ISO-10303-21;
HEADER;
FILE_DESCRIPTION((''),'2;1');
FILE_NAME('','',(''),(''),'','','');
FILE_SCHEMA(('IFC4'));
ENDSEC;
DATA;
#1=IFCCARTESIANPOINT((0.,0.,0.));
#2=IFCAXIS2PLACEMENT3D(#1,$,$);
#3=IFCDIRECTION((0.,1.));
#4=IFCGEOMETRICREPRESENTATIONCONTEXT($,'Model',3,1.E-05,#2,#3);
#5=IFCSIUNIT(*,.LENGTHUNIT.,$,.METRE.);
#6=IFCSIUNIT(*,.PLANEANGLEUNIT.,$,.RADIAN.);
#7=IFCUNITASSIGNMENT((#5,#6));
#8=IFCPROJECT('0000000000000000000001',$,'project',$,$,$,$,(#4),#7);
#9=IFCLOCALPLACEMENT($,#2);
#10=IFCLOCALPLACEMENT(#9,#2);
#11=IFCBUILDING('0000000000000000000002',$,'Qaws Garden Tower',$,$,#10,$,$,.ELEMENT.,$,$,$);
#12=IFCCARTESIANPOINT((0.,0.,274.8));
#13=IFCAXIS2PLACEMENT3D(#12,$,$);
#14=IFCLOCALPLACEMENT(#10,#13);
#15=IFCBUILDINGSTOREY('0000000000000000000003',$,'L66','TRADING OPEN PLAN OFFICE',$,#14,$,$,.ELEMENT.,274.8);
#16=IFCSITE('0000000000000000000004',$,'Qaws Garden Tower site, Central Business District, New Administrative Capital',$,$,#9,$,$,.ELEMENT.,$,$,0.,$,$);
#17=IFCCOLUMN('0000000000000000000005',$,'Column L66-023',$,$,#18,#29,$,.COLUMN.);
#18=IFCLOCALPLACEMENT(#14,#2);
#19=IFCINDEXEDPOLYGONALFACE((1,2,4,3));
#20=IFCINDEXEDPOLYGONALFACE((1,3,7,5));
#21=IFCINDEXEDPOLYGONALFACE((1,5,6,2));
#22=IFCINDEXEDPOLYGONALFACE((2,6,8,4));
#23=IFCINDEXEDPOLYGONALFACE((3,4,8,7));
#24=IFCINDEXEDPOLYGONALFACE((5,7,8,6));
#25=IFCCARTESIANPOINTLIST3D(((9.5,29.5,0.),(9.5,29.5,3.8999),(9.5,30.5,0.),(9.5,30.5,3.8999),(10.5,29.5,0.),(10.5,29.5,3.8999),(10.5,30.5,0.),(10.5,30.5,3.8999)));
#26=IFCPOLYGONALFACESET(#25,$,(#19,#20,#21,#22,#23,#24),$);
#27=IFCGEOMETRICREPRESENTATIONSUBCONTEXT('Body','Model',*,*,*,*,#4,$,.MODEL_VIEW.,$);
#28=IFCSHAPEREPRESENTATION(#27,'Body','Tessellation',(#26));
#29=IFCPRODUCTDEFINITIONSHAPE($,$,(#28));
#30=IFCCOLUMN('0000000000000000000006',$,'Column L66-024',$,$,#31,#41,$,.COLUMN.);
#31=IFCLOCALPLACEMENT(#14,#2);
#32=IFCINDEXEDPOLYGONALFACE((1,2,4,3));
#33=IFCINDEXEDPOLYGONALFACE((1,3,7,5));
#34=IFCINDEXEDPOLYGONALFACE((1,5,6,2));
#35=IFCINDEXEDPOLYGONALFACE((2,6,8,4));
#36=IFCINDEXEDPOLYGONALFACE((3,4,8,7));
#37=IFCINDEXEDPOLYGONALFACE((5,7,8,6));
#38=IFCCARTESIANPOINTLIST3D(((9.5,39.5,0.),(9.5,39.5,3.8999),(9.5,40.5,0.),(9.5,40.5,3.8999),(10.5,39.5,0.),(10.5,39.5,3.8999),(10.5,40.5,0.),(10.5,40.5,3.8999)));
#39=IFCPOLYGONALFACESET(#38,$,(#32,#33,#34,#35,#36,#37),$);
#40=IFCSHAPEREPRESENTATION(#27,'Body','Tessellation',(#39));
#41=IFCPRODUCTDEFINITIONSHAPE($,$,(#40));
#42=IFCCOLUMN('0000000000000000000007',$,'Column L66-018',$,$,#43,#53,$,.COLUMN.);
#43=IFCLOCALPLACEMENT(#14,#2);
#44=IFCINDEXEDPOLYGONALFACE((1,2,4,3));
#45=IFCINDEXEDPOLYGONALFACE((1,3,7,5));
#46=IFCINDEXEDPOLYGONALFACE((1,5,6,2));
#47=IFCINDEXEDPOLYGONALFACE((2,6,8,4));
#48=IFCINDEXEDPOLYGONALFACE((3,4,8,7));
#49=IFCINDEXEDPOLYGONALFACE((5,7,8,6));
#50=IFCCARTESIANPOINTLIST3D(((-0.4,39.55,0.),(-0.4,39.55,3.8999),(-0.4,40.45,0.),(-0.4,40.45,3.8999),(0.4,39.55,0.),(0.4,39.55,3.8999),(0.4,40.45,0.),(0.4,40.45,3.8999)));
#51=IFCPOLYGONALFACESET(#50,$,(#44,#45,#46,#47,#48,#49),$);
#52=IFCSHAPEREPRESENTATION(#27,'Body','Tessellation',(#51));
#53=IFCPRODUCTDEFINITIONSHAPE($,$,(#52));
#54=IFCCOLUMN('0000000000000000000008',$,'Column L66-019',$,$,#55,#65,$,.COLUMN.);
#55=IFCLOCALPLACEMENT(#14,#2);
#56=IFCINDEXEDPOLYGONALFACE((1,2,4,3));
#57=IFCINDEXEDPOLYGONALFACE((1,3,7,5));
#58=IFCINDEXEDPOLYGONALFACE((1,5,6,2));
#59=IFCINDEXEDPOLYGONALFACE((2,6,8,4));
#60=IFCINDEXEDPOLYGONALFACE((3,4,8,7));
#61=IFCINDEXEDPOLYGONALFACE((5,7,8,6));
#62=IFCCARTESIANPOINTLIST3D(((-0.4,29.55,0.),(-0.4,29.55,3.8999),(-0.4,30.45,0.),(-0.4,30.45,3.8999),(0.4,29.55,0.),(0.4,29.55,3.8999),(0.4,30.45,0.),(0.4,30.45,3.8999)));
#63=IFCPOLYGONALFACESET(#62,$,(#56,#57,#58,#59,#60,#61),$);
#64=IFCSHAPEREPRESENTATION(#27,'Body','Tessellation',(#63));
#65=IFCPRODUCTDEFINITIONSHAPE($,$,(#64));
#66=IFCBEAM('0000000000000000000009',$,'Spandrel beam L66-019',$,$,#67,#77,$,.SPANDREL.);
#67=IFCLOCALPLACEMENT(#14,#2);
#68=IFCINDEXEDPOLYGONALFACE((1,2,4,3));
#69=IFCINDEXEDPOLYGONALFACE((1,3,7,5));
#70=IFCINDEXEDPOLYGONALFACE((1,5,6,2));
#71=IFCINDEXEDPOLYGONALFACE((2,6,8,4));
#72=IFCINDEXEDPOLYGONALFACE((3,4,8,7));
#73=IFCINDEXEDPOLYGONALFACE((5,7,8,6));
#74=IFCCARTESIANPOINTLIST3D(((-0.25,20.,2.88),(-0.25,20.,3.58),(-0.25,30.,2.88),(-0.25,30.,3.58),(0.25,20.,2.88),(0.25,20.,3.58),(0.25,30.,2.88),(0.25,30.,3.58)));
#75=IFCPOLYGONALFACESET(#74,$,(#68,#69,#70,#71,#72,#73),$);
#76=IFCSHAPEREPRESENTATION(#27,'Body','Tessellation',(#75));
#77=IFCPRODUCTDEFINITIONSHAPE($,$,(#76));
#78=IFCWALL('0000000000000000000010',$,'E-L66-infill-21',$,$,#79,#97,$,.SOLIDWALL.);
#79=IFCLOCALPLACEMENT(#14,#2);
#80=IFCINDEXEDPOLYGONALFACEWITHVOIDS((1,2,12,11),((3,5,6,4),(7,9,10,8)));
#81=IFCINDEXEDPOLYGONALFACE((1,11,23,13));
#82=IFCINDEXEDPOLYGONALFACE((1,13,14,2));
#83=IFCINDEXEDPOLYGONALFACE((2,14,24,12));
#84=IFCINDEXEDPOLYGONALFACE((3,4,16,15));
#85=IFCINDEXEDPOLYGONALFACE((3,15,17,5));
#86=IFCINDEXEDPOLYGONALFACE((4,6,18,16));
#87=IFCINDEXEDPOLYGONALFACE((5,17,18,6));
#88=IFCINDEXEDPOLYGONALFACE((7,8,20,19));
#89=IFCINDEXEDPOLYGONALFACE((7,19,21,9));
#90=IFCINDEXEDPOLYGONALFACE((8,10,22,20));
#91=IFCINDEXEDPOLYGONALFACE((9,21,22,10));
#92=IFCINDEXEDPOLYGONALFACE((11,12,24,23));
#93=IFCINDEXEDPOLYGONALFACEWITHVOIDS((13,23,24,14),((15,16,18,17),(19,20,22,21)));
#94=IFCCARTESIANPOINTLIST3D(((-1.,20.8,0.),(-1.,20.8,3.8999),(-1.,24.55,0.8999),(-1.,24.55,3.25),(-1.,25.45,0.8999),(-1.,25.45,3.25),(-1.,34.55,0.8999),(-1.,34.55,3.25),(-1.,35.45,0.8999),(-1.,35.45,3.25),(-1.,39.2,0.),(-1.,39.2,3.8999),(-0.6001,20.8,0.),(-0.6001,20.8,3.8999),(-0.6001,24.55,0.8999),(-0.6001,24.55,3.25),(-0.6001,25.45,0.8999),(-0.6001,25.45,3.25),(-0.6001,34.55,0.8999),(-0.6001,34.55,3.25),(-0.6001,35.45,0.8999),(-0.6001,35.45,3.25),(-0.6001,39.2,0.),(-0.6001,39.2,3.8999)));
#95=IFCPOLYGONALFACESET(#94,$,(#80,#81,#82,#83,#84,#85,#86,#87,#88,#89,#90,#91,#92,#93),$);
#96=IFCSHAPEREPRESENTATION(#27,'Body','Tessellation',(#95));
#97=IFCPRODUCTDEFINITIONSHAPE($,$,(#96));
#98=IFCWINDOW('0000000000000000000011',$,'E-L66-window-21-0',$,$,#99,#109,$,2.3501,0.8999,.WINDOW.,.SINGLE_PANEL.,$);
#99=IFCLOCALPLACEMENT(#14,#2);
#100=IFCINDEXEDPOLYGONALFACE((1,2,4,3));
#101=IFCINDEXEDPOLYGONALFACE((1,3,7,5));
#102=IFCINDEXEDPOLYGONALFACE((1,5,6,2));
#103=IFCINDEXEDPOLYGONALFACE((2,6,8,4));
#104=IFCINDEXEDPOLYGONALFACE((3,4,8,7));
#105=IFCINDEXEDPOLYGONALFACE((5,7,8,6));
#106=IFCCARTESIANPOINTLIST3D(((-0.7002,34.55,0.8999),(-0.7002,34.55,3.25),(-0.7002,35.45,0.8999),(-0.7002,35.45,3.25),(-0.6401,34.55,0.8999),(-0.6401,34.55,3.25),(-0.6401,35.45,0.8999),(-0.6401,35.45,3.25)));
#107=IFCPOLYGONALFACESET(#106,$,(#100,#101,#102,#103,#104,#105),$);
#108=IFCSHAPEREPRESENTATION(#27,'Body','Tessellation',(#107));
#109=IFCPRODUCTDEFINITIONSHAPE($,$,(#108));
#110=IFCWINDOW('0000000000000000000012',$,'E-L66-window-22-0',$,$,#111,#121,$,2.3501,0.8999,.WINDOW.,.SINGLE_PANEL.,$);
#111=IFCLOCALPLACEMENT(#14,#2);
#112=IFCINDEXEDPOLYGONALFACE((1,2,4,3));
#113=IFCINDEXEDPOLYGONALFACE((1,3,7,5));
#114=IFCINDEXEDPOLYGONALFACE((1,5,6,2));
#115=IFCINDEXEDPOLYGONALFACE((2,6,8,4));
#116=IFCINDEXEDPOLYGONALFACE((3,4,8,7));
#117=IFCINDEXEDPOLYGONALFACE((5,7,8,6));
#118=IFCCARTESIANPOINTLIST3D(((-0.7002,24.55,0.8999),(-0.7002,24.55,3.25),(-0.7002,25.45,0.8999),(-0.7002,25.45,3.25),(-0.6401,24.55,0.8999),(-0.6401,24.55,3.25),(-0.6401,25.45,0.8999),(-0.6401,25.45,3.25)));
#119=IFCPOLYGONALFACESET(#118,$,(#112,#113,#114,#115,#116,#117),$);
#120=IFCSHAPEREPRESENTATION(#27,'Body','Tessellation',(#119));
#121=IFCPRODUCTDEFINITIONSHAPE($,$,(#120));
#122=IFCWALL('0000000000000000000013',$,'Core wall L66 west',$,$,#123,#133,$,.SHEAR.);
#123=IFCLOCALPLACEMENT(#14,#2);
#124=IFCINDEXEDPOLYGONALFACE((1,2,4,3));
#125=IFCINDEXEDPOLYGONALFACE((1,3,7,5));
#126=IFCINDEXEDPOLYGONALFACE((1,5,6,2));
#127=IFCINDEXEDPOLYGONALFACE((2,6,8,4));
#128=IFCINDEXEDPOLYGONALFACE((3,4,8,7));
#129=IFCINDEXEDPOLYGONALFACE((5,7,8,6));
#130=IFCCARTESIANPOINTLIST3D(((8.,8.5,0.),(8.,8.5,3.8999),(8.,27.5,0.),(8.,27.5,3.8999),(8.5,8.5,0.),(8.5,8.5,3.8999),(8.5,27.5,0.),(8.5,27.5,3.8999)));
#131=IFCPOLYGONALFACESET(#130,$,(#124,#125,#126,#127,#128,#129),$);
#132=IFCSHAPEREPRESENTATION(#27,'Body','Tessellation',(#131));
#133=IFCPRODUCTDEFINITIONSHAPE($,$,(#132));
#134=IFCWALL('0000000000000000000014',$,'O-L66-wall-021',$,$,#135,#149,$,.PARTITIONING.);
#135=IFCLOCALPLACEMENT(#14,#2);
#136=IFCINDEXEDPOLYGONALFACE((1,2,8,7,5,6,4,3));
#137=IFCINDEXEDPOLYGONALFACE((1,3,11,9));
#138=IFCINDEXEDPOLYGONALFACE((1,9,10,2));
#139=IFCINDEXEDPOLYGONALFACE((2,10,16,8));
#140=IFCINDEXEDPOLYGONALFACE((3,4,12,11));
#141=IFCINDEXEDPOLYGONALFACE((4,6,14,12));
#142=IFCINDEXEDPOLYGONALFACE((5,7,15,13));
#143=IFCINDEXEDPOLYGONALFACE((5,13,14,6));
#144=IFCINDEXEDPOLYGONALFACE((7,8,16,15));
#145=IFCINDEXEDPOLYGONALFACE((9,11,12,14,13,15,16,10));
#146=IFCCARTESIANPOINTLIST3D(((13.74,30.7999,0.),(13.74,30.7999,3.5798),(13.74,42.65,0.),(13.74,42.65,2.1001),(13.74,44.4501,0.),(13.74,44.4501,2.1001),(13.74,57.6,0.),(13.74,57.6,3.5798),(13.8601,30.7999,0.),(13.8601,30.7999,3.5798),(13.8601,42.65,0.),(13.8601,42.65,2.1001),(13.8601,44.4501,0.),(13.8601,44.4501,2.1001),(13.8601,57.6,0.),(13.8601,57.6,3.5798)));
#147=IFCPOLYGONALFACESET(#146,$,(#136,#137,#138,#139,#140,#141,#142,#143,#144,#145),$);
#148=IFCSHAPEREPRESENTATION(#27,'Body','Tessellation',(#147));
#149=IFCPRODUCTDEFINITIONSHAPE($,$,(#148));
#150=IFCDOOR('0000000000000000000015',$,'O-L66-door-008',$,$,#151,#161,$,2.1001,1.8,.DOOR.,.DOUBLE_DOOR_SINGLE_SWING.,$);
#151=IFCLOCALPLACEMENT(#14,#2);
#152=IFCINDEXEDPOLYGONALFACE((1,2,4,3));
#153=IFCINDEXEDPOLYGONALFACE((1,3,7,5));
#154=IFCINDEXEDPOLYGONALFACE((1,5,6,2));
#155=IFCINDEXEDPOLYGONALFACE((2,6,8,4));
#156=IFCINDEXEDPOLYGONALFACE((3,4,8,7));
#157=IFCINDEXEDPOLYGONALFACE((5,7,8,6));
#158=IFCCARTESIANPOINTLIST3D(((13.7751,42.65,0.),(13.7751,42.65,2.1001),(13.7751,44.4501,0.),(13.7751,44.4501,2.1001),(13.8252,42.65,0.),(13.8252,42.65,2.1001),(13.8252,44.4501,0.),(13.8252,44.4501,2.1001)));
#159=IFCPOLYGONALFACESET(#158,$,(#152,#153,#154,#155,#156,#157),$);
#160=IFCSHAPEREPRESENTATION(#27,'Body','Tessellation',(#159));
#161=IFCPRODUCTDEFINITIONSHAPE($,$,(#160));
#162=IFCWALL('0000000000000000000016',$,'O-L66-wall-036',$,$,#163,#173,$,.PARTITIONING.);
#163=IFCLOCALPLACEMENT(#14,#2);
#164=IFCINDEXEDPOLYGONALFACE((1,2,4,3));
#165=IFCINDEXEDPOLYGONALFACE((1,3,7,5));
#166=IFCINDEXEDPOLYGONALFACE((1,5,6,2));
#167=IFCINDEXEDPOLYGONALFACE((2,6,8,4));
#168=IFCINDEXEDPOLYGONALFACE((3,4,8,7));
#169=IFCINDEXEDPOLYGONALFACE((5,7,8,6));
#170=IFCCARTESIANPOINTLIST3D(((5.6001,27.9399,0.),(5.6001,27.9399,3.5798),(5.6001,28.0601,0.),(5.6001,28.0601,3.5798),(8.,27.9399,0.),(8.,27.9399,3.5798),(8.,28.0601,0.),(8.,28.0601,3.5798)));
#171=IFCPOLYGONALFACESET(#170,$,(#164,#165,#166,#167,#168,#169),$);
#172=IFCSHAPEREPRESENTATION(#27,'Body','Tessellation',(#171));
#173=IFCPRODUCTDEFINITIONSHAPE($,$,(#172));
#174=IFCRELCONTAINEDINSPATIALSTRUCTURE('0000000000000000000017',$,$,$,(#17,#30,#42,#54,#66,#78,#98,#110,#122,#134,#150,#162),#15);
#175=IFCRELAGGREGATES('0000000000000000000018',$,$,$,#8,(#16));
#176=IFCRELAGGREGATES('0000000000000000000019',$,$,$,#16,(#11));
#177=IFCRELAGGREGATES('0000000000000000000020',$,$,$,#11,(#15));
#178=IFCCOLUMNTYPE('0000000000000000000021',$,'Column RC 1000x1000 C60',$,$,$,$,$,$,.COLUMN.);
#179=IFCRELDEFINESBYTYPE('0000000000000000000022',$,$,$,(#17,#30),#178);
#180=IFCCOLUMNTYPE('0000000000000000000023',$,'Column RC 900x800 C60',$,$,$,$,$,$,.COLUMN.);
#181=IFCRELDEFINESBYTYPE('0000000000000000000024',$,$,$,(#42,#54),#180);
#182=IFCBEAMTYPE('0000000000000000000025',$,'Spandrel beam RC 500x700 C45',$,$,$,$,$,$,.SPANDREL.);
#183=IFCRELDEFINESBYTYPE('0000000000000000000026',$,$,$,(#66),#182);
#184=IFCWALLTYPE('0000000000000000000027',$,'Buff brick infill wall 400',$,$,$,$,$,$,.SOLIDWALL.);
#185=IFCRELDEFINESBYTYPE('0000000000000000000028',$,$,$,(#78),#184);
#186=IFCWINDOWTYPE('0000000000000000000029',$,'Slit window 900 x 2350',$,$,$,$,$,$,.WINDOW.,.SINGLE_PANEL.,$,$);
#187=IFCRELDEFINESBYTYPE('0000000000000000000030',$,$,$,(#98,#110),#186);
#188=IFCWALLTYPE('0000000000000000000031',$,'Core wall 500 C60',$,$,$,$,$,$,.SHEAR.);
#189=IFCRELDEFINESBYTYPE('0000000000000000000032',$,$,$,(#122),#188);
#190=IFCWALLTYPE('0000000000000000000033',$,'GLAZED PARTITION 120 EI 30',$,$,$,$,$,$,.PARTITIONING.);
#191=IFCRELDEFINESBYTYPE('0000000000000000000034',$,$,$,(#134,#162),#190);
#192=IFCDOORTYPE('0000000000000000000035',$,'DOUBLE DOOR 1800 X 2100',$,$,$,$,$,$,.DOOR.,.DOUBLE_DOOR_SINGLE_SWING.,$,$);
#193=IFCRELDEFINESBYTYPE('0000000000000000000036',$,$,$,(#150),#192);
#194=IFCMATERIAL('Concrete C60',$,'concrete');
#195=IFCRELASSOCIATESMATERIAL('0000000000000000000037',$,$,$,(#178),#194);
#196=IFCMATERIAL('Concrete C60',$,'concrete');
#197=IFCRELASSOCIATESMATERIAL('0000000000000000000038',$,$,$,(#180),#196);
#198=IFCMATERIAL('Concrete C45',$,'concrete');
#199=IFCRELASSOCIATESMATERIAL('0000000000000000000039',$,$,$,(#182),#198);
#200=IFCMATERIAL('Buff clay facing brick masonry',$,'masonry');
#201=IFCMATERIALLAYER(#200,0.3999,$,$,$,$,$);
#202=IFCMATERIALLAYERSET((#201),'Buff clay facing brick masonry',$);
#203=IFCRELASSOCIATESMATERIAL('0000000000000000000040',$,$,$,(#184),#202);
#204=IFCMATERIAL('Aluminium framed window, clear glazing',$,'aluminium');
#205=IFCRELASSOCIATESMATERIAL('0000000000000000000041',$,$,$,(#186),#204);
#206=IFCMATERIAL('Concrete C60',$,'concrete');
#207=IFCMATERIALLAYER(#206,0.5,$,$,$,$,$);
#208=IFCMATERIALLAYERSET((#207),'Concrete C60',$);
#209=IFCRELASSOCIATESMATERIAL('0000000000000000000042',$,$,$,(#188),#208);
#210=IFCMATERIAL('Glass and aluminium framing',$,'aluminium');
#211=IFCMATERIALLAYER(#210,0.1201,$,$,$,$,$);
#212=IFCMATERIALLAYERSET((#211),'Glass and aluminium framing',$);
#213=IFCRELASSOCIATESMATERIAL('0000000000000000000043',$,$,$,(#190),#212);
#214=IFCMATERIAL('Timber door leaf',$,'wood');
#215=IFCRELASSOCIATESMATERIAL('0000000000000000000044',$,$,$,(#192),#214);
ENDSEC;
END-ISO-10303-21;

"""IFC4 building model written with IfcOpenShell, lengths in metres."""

from ifc_helpers import new_model, si_unit, direction, frame, frame_2d, origin, origin_2d, place, context, subcontext, project, spatial, rectangle, extrude, material, layer, layer_set, material_profile, profile_set, type_object, element, fill, save


model = new_model("IFC4")

# Units and contexts
model_context = context("Model", 3, precision=1e-05, world=origin(), true_north=direction((0.0, 1.0)))
body_context = subcontext(model_context, "Body", "Model", "MODEL_VIEW")
ifc_project = project(units=[si_unit("LENGTHUNIT", "METRE"), si_unit("PLANEANGLEUNIT", "RADIAN")], contexts=[model_context])

# Site, building, storey
site_placement = place(None, origin())
site = spatial("IfcSite", under=ifc_project, at=site_placement, Name="Qaws Garden Tower site, Central Business District, New Administrative Capital", CompositionType="ELEMENT", RefElevation=0.0)
building_placement = place(site_placement, origin())
building = spatial("IfcBuilding", under=site, at=building_placement, Name="Qaws Garden Tower", CompositionType="ELEMENT")
storey_placement = place(building_placement, frame((0.0, 0.0, 274.8)))
storey = spatial("IfcBuildingStorey", under=building, at=storey_placement, Name="L66", Description="TRADING OPEN PLAN OFFICE", CompositionType="ELEMENT", Elevation=274.8)

# Columns
ifc_material_1 = material(Name="Concrete C60", Category="concrete")
ifc_material_profile_1 = material_profile(ifc_material_1, rectangle(XDim=1.0, YDim=1.0, at=origin_2d()), Name="RC 1000x1000")
ifc_profile_set_1 = profile_set([ifc_material_profile_1], Name="Concrete C60")
column_type_1 = type_object("IfcColumnType", Name="Column RC 1000x1000 C60", PredefinedType="COLUMN", material=ifc_profile_set_1)
for number, where, z_axis, x_axis, name in (
    (1, (10.0, 30.0, 0.0), (0.0, 0.0, 1.0), (1.0, 0.0, 0.0), "Column L66-023"),
    (2, (10.0, 40.0, 0.0), (0.0, 0.0, 1.0), (1.0, 0.0, 0.0), "Column L66-024"),
):
    element("IfcColumn", number, at=place(storey_placement, frame(where, z_axis=z_axis, x_axis=x_axis)), inside=storey, type_object=column_type_1, Name=name, PredefinedType="COLUMN", context=body_context, shape_type="SweptSolid", body=[
        extrude(rectangle(XDim=1.0, YDim=1.0, at=origin_2d()), origin(), (0.0, 0.0, 1.0), 3.8999),
    ])
ifc_material_2 = material(Name="Concrete C60", Category="concrete")
ifc_material_profile_2 = material_profile(ifc_material_2, rectangle(XDim=0.8999, YDim=0.8, at=origin_2d()), Name="RC 900x800")
ifc_profile_set_2 = profile_set([ifc_material_profile_2], Name="Concrete C60")
column_type_2 = type_object("IfcColumnType", Name="Column RC 900x800 C60", PredefinedType="COLUMN", material=ifc_profile_set_2)
for number, where, z_axis, x_axis, name in (
    (3, (0.0, 40.0, 0.0), (0.0, 0.0, 1.0), (0.0, 1.0, 0.0), "Column L66-018"),
    (4, (0.0, 30.0, 0.0), (0.0, 0.0, 1.0), (0.0, 1.0, 0.0), "Column L66-019"),
):
    element("IfcColumn", number, at=place(storey_placement, frame(where, z_axis=z_axis, x_axis=x_axis)), inside=storey, type_object=column_type_2, Name=name, PredefinedType="COLUMN", context=body_context, shape_type="SweptSolid", body=[
        extrude(rectangle(XDim=0.8999, YDim=0.8, at=origin_2d()), origin(), (0.0, 0.0, 1.0), 3.8999),
    ])

# Beam
ifc_material_3 = material(Name="Concrete C45", Category="concrete")
ifc_material_profile_3 = material_profile(ifc_material_3, rectangle(XDim=0.5, YDim=0.7, at=origin_2d()), Name="RC 500x700")
ifc_profile_set_3 = profile_set([ifc_material_profile_3], Name="Concrete C45")
beam_type = type_object("IfcBeamType", Name="Spandrel beam RC 500x700 C45", PredefinedType="SPANDREL", material=ifc_profile_set_3)
beam_placement = place(storey_placement, frame((0.0, 30.0, 3.23), z_axis=(0.0, -1.0, 0.0), x_axis=(1.0, 0.0, 0.0)))
element("IfcBeam", 5, at=beam_placement, inside=storey, type_object=beam_type, Name="Spandrel beam L66-019", PredefinedType="SPANDREL", context=body_context, shape_type="SweptSolid", body=[
    extrude(rectangle(XDim=0.5, YDim=0.7, at=origin_2d()), origin(), (0.0, 0.0, 1.0), 10.0),
])

# Wall, openings, windows
ifc_material_4 = material(Name="Buff clay facing brick masonry", Category="masonry")
ifc_layer_1 = layer(ifc_material_4, 0.3999)
ifc_layer_set_1 = layer_set([ifc_layer_1], Name="Buff clay facing brick masonry")
wall_type_1 = type_object("IfcWallType", Name="Buff brick infill wall 400", PredefinedType="SOLIDWALL", material=ifc_layer_set_1)
wall_1_placement = place(storey_placement, frame((-0.8, 39.2, 0.0), z_axis=(0.0, 0.0, 1.0), x_axis=(0.0, -1.0, 0.0)))
wall_1 = element("IfcWall", 6, at=wall_1_placement, inside=storey, type_object=wall_type_1, Name="E-L66-infill-21", PredefinedType="SOLIDWALL", context=body_context, shape_type="SweptSolid", body=[
    extrude(rectangle(XDim=18.3999, YDim=0.3999, at=frame_2d((9.2, 0.0))), origin(), (0.0, 0.0, 1.0), 3.8999),
])
opening_1_placement = place(wall_1_placement, frame((3.75, 0.0, 0.8999)))
opening_1 = element("IfcOpeningElement", 7, at=opening_1_placement, cuts=wall_1, PredefinedType="OPENING", context=body_context, shape_type="SweptSolid", body=[
    extrude(rectangle(XDim=0.8999, YDim=2.3501, at=frame_2d((0.45, 1.175))), frame((0.0, 0.21, 0.0), z_axis=(0.0, -1.0, 0.0), x_axis=(1.0, 0.0, 0.0)), (0.0, 0.0, 1.0), 0.4199),
])
opening_2_placement = place(wall_1_placement, frame((13.75, 0.0, 0.8999)))
opening_2 = element("IfcOpeningElement", 8, at=opening_2_placement, cuts=wall_1, PredefinedType="OPENING", context=body_context, shape_type="SweptSolid", body=[
    extrude(rectangle(XDim=0.8999, YDim=2.3501, at=frame_2d((0.45, 1.175))), frame((0.0, 0.21, 0.0), z_axis=(0.0, -1.0, 0.0), x_axis=(1.0, 0.0, 0.0)), (0.0, 0.0, 1.0), 0.4199),
])
ifc_material_5 = material(Name="Aluminium framed window, clear glazing", Category="aluminium")
window_type = type_object("IfcWindowType", Name="Slit window 900 x 2350", PartitioningType="SINGLE_PANEL", PredefinedType="WINDOW", material=ifc_material_5)
window_1_placement = place(opening_1_placement, origin())
window_1 = element("IfcWindow", 9, at=window_1_placement, inside=storey, type_object=window_type, Name="E-L66-window-21-0", OverallHeight=2.3501, OverallWidth=0.8999, PartitioningType="SINGLE_PANEL", PredefinedType="WINDOW", context=body_context, shape_type="SweptSolid", body=[
    extrude(rectangle(XDim=0.8999, YDim=2.3501, at=frame_2d((0.45, 1.175))), frame((0.0, 0.1599, 0.0), z_axis=(0.0, -1.0, 0.0), x_axis=(1.0, 0.0, 0.0)), (0.0, 0.0, 1.0), 0.0601),
])
fill(opening_1, window_1)
window_2_placement = place(opening_2_placement, origin())
window_2 = element("IfcWindow", 10, at=window_2_placement, inside=storey, type_object=window_type, Name="E-L66-window-22-0", OverallHeight=2.3501, OverallWidth=0.8999, PartitioningType="SINGLE_PANEL", PredefinedType="WINDOW", context=body_context, shape_type="SweptSolid", body=[
    extrude(rectangle(XDim=0.8999, YDim=2.3501, at=frame_2d((0.45, 1.175))), frame((0.0, 0.1599, 0.0), z_axis=(0.0, -1.0, 0.0), x_axis=(1.0, 0.0, 0.0)), (0.0, 0.0, 1.0), 0.0601),
])
fill(opening_2, window_2)

# Wall
ifc_material_6 = material(Name="Concrete C60", Category="concrete")
ifc_layer_2 = layer(ifc_material_6, 0.5)
ifc_layer_set_2 = layer_set([ifc_layer_2], Name="Concrete C60")
wall_type_2 = type_object("IfcWallType", Name="Core wall 500 C60", PredefinedType="SHEAR", material=ifc_layer_set_2)
wall_2_placement = place(storey_placement, frame((8.25, 27.5, 0.0), z_axis=(0.0, 0.0, 1.0), x_axis=(0.0, -1.0, 0.0)))
element("IfcWall", 11, at=wall_2_placement, inside=storey, type_object=wall_type_2, Name="Core wall L66 west", PredefinedType="SHEAR", context=body_context, shape_type="SweptSolid", body=[
    extrude(rectangle(XDim=19.0, YDim=0.5, at=frame_2d((9.5, 0.0))), origin(), (0.0, 0.0, 1.0), 3.8999),
])

# Wall, opening, door
ifc_material_7 = material(Name="Glass and aluminium framing", Category="aluminium")
ifc_layer_3 = layer(ifc_material_7, 0.1201)
ifc_layer_set_3 = layer_set([ifc_layer_3], Name="Glass and aluminium framing")
wall_type_3 = type_object("IfcWallType", Name="GLAZED PARTITION 120 EI 30", PredefinedType="PARTITIONING", material=ifc_layer_set_3)
wall_3_placement = place(storey_placement, frame((13.8, 30.8, 0.0), z_axis=(0.0, 0.0, 1.0), x_axis=(0.0, 1.0, 0.0)))
wall_3 = element("IfcWall", 12, at=wall_3_placement, inside=storey, type_object=wall_type_3, Name="O-L66-wall-021", PredefinedType="PARTITIONING", context=body_context, shape_type="SweptSolid", body=[
    extrude(rectangle(XDim=26.8, YDim=0.1201, at=frame_2d((13.3999, 0.0))), origin(), (0.0, 0.0, 1.0), 3.5798),
])
opening_3_placement = place(wall_3_placement, frame((11.8501, 0.0, 0.0)))
opening_3 = element("IfcOpeningElement", 13, at=opening_3_placement, cuts=wall_3, PredefinedType="OPENING", context=body_context, shape_type="SweptSolid", body=[
    extrude(rectangle(XDim=1.8, YDim=2.1001, at=frame_2d((0.8999, 1.05))), frame((0.0, 0.0701, 0.0), z_axis=(0.0, -1.0, 0.0), x_axis=(1.0, 0.0, 0.0)), (0.0, 0.0, 1.0), 0.1401),
])
ifc_material_8 = material(Name="Timber door leaf", Category="wood")
door_type_1 = type_object("IfcDoorType", Name="DOUBLE DOOR 1800 X 2100", OperationType="DOUBLE_DOOR_SINGLE_SWING", PredefinedType="DOOR", material=ifc_material_8)
door_1_placement = place(opening_3_placement, origin())
door_1 = element("IfcDoor", 14, at=door_1_placement, inside=storey, type_object=door_type_1, Name="O-L66-door-008", OperationType="DOUBLE_DOOR_SINGLE_SWING", OverallHeight=2.1001, OverallWidth=1.8, PredefinedType="DOOR", context=body_context, shape_type="SweptSolid", body=[
    extrude(rectangle(XDim=1.8, YDim=2.1001, at=frame_2d((0.8999, 1.05))), frame((0.0, 0.0249, 0.0), z_axis=(0.0, -1.0, 0.0), x_axis=(1.0, 0.0, 0.0)), (0.0, 0.0, 1.0), 0.05),
])
fill(opening_3, door_1)

# Wall
wall_4_placement = place(storey_placement, frame((5.6001, 28.0, 0.0), z_axis=(0.0, 0.0, 1.0), x_axis=(1.0, 0.0, 0.0)))
element("IfcWall", 15, at=wall_4_placement, inside=storey, type_object=wall_type_3, Name="O-L66-wall-036", PredefinedType="PARTITIONING", context=body_context, shape_type="SweptSolid", body=[
    extrude(rectangle(XDim=2.3999, YDim=0.1201, at=frame_2d((1.2, 0.0))), origin(), (0.0, 0.0, 1.0), 3.5798),
])

save(model, "model.ifc")
